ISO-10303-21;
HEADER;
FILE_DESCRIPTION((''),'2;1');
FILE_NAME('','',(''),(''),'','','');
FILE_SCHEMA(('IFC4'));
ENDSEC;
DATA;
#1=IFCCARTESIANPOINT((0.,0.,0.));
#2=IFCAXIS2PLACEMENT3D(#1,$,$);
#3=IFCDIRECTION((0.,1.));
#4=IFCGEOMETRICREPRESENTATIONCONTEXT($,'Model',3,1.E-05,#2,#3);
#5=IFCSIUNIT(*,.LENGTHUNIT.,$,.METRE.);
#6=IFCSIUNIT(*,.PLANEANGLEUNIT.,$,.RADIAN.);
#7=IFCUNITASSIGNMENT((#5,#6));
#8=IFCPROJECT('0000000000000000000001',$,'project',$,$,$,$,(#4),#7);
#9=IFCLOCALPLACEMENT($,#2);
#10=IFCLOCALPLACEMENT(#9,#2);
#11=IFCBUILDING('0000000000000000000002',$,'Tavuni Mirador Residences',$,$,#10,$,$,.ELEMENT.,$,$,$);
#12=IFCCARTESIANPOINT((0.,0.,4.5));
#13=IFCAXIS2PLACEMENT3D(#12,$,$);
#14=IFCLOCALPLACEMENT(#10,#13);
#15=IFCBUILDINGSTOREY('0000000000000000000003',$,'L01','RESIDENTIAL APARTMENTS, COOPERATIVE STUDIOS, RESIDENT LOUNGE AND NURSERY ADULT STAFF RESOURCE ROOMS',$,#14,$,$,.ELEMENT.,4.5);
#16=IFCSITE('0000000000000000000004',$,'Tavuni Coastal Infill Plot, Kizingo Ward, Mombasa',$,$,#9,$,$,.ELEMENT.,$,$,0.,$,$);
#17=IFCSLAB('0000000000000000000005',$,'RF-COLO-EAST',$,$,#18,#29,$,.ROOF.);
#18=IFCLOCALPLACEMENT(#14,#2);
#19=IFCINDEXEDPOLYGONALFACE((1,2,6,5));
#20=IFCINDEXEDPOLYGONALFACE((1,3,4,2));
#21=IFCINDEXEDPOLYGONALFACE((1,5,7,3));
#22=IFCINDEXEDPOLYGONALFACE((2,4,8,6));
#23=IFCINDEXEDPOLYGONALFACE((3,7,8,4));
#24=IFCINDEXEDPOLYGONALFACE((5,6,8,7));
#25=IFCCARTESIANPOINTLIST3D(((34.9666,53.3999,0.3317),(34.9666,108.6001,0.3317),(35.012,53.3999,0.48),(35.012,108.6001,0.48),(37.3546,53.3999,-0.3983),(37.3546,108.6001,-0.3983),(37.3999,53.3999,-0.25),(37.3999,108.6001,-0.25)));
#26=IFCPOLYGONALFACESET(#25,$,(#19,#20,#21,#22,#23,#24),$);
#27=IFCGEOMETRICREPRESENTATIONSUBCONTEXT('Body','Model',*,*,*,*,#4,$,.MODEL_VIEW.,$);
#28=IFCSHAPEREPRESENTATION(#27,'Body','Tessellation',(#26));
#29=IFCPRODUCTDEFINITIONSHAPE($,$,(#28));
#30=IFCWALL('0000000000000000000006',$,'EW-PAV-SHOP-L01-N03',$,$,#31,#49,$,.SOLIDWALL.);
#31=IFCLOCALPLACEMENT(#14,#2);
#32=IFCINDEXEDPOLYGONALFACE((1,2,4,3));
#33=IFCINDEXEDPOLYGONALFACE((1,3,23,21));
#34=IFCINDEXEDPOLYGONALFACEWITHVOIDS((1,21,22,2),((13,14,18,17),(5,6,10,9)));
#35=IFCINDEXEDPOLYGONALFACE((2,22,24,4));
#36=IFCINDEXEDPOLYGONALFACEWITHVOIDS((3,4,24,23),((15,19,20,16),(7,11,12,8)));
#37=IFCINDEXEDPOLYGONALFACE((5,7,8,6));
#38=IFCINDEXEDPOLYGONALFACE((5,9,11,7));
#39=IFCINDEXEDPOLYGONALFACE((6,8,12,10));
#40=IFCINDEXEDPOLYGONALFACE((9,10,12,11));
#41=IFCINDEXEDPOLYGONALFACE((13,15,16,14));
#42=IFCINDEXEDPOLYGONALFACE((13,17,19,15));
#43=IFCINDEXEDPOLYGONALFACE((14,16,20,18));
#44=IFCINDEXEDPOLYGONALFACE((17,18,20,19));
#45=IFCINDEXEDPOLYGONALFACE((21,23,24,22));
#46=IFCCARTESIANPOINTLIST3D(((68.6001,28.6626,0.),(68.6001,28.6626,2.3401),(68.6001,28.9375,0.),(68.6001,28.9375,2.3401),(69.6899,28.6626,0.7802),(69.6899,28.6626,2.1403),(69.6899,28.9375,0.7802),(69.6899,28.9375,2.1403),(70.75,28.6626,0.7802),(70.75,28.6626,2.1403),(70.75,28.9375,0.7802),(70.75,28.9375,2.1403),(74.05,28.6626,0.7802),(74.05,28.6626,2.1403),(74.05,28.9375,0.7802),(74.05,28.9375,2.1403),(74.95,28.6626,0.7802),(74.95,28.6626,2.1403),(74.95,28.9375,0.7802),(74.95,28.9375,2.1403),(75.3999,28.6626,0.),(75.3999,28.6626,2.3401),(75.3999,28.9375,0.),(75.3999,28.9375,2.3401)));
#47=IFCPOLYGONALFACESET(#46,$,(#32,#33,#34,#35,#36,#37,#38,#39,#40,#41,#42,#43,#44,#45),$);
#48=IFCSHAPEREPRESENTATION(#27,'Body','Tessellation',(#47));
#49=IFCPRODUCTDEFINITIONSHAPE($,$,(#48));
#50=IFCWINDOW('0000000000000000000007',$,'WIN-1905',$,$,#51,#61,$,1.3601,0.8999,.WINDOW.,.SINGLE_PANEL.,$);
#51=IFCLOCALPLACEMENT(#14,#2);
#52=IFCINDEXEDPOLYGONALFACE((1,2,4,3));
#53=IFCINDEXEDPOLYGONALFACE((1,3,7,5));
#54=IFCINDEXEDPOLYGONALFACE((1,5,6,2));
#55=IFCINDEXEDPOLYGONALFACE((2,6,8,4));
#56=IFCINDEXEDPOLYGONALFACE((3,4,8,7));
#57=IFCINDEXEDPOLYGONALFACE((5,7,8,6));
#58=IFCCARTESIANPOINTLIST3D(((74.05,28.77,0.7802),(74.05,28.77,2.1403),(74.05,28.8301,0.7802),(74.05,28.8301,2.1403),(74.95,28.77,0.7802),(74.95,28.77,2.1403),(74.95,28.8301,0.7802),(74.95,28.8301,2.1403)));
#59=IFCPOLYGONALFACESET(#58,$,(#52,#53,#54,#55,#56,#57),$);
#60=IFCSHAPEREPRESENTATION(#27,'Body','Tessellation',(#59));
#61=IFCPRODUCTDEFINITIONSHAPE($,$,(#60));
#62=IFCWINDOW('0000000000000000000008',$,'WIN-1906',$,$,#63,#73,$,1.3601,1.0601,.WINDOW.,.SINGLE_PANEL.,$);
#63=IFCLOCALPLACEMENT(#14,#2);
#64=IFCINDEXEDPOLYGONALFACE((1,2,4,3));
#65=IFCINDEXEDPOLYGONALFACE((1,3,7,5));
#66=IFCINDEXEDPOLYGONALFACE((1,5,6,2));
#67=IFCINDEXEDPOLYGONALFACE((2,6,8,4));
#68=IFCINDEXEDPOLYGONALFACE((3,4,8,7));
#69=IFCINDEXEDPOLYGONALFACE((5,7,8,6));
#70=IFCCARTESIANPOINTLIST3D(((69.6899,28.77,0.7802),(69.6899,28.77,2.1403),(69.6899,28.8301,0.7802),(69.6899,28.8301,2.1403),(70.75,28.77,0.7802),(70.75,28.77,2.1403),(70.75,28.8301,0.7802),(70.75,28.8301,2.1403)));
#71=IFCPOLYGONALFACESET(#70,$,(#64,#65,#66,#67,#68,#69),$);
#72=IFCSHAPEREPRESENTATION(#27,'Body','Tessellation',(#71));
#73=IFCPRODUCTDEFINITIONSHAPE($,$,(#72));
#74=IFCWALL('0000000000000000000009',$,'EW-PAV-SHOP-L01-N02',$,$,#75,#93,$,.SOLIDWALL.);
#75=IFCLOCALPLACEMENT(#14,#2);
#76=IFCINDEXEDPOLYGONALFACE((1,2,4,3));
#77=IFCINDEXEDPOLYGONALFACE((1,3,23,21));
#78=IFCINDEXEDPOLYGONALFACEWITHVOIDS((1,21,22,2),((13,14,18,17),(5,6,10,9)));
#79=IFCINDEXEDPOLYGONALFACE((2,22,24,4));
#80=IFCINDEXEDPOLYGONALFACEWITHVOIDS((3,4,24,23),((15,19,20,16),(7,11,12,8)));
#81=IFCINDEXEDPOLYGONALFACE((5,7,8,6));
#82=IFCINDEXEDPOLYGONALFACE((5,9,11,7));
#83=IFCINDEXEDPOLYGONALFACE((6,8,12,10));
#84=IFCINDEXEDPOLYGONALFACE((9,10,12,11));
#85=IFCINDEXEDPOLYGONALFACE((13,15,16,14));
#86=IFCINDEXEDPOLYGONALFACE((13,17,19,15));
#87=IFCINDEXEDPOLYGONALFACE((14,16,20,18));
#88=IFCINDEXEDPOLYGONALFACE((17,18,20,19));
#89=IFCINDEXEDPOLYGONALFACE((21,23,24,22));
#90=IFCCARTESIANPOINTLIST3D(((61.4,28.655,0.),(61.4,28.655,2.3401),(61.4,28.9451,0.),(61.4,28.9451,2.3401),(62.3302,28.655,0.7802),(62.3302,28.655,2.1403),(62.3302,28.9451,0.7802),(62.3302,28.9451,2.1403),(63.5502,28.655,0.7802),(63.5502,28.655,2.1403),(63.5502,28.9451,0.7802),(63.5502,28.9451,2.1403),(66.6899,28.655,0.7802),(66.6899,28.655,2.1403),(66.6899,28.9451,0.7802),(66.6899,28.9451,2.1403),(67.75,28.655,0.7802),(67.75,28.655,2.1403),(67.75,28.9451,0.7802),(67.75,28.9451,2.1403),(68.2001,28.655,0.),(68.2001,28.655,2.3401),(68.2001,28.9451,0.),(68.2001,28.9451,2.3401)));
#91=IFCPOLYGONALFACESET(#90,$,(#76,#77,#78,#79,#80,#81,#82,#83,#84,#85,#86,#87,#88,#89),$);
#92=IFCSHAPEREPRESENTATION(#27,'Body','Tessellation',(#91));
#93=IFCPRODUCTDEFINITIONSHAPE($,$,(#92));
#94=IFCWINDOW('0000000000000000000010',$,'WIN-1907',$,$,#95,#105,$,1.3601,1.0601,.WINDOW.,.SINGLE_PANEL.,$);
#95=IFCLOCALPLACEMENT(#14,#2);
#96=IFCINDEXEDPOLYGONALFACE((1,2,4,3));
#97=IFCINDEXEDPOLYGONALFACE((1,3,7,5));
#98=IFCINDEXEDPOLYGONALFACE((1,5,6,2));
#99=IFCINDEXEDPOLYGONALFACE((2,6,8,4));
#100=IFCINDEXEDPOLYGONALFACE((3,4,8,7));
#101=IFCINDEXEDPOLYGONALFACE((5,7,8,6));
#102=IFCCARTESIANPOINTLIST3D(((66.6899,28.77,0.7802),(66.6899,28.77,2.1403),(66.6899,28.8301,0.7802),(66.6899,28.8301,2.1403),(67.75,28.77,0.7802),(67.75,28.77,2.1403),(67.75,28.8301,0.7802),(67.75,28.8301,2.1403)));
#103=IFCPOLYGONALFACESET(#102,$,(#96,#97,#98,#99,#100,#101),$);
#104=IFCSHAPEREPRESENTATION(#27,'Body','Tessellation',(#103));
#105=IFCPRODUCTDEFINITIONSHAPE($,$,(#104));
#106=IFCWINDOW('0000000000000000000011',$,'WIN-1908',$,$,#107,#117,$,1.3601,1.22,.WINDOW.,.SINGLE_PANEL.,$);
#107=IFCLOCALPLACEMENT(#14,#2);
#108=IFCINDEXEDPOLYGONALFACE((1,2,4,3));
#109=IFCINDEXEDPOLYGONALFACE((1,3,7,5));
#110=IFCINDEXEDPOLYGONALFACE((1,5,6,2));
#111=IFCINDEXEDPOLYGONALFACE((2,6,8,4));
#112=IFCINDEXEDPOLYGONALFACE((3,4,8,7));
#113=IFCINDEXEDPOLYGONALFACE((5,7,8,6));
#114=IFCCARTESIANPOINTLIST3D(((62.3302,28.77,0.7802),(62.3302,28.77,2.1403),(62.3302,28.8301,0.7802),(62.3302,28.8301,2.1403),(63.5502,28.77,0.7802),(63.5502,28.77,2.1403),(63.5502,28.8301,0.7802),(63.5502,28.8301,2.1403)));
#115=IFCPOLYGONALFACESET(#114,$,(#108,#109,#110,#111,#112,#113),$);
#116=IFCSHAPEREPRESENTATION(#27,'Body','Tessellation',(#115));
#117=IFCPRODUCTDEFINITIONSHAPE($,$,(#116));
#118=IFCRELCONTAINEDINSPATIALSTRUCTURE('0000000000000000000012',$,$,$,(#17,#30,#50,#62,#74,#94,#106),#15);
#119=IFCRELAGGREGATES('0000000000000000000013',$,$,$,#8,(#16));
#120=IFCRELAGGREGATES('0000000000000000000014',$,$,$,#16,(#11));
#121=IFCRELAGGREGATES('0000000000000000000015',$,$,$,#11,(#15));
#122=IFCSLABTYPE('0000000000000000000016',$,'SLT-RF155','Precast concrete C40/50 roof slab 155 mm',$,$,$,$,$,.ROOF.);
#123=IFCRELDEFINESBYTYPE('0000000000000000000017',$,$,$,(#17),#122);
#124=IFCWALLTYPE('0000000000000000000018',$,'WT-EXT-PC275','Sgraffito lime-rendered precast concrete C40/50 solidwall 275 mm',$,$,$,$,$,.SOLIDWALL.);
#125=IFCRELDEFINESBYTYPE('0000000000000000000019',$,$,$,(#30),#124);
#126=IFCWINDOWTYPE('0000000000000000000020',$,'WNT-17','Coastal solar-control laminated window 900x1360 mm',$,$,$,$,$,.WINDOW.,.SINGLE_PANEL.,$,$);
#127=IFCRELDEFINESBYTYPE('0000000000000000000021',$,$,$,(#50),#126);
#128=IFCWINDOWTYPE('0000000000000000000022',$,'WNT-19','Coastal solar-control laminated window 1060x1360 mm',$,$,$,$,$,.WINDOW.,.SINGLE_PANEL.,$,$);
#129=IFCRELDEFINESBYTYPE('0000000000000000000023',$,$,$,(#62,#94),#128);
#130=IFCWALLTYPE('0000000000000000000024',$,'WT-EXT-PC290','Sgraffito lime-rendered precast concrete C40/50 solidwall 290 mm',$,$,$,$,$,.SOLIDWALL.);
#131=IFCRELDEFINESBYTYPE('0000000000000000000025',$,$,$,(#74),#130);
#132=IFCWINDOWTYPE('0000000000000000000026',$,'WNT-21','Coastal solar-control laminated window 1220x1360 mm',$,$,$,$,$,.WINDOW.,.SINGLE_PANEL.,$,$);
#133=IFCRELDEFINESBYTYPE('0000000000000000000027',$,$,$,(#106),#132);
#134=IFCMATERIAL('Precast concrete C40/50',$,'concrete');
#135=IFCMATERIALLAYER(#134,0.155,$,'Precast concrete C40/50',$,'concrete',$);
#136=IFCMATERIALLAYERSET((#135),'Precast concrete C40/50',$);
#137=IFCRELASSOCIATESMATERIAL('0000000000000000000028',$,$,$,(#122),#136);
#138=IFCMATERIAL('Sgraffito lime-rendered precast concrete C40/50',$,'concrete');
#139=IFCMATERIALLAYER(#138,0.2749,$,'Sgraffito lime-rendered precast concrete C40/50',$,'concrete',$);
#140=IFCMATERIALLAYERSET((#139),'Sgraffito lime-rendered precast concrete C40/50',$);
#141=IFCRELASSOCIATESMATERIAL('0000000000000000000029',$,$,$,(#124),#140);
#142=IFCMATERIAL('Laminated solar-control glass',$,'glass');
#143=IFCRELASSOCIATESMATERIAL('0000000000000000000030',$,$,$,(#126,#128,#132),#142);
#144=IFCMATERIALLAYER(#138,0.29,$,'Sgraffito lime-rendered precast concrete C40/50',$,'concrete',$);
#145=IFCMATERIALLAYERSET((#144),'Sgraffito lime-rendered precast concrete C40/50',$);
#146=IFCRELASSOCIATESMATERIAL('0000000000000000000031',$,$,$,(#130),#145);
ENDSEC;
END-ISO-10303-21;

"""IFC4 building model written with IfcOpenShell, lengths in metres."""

from ifc_helpers import new_model, si_unit, direction, frame, frame_2d, origin, place, context, subcontext, project, spatial, polyline, rectangle, outline, extrude, material, layer, layer_set, type_object, element, fill, save


model = new_model("IFC4")

# Units and contexts
model_context = context("Model", 3, precision=1e-05, world=origin(), true_north=direction((0.0, 1.0)))
body_context = subcontext(model_context, "Body", "Model", "MODEL_VIEW")
ifc_project = project(units=[si_unit("LENGTHUNIT", "METRE"), si_unit("PLANEANGLEUNIT", "RADIAN")], contexts=[model_context])

# Site, building, storey
site_placement = place(None, origin())
site = spatial("IfcSite", under=ifc_project, at=site_placement, Name="Tavuni Coastal Infill Plot, Kizingo Ward, Mombasa", CompositionType="ELEMENT", RefElevation=0.0)
building_placement = place(site_placement, origin())
building = spatial("IfcBuilding", under=site, at=building_placement, Name="Tavuni Mirador Residences", CompositionType="ELEMENT")
storey_placement = place(building_placement, frame((0.0, 0.0, 4.5)))
storey = spatial("IfcBuildingStorey", under=building, at=storey_placement, Name="L01", Description="RESIDENTIAL APARTMENTS, COOPERATIVE STUDIOS, RESIDENT LOUNGE AND NURSERY ADULT STAFF RESOURCE ROOMS", CompositionType="ELEMENT", Elevation=4.5)

# Shared definitions
ifc_material_1 = material(Name="Precast concrete C40/50", Category="concrete")

# Slab
ifc_layer_1 = layer(ifc_material_1, 0.155, Name="Precast concrete C40/50", Category="concrete")
ifc_layer_set_1 = layer_set([ifc_layer_1], Name="Precast concrete C40/50")
slab_type = type_object("IfcSlabType", Name="SLT-RF155", Description="Precast concrete C40/50 roof slab 155 mm", PredefinedType="ROOF", material=ifc_layer_set_1)
slab_placement = place(storey_placement, frame((35.012, 53.3999, 0.48), z_axis=(0.29234, 0.0, 0.956314), x_axis=(0.956314, 0.0, -0.29234)))
element("IfcSlab", 1, at=slab_placement, inside=storey, type_object=slab_type, Name="RF-COLO-EAST", PredefinedType="ROOF", context=body_context, shape_type="SweptSolid", body=[
    extrude(outline(polyline([(0.0, 0.0), (2.497, 0.0), (2.497, 55.2002), (0.0, 55.2002), (0.0, 0.0)])), origin(), (0.0, 0.0, -1.0), 0.155),
])

# Walls, openings, windows
ifc_material_2 = material(Name="Sgraffito lime-rendered precast concrete C40/50", Category="concrete")
ifc_layer_2 = layer(ifc_material_2, 0.2749, Name="Sgraffito lime-rendered precast concrete C40/50", Category="concrete")
ifc_layer_set_2 = layer_set([ifc_layer_2], Name="Sgraffito lime-rendered precast concrete C40/50")
wall_type_1 = type_object("IfcWallType", Name="WT-EXT-PC275", Description="Sgraffito lime-rendered precast concrete C40/50 solidwall 275 mm", PredefinedType="SOLIDWALL", material=ifc_layer_set_2)
wall_1_placement = place(storey_placement, frame((75.3999, 28.8, 0.0), z_axis=(0.0, 0.0, 1.0), x_axis=(-1.0, 0.0, 0.0)))
wall_1 = element("IfcWall", 2, at=wall_1_placement, inside=storey, type_object=wall_type_1, Name="EW-PAV-SHOP-L01-N03", PredefinedType="SOLIDWALL", context=body_context, shape_type="SweptSolid", body=[
    extrude(rectangle(XDim=6.7998, YDim=0.2749, at=frame_2d((3.3999, 0.0))), origin(), (0.0, 0.0, 1.0), 2.3401),
])
opening_1_placement = place(wall_1_placement, frame((0.45, 0.0, 0.78)))
opening_1 = element("IfcOpeningElement", 3, at=opening_1_placement, cuts=wall_1, PredefinedType="OPENING", context=body_context, shape_type="SweptSolid", body=[
    extrude(rectangle(XDim=0.8999, YDim=1.3601, at=frame_2d((0.45, 0.6802))), frame((0.0, 0.1475, 0.0), z_axis=(0.0, -1.0, 0.0), x_axis=(1.0, 0.0, 0.0)), (0.0, 0.0, 1.0), 0.2949),
])
opening_2_placement = place(wall_1_placement, frame((4.6499, 0.0, 0.78)))
opening_2 = element("IfcOpeningElement", 4, at=opening_2_placement, cuts=wall_1, PredefinedType="OPENING", context=body_context, shape_type="SweptSolid", body=[
    extrude(rectangle(XDim=1.0601, YDim=1.3601, at=frame_2d((0.53, 0.6802))), frame((0.0, 0.1475, 0.0), z_axis=(0.0, -1.0, 0.0), x_axis=(1.0, 0.0, 0.0)), (0.0, 0.0, 1.0), 0.2949),
])
ifc_material_3 = material(Name="Laminated solar-control glass", Category="glass")
window_type_1 = type_object("IfcWindowType", Name="WNT-17", Description="Coastal solar-control laminated window 900x1360 mm", PartitioningType="SINGLE_PANEL", PredefinedType="WINDOW", material=ifc_material_3)
window_1_placement = place(opening_1_placement, origin())
window_1 = element("IfcWindow", 5, at=window_1_placement, inside=storey, type_object=window_type_1, Name="WIN-1905", OverallHeight=1.3601, OverallWidth=0.8999, PartitioningType="SINGLE_PANEL", PredefinedType="WINDOW", context=body_context, shape_type="SweptSolid", body=[
    extrude(rectangle(XDim=0.8999, YDim=1.3601, at=frame_2d((0.45, 0.6802))), frame((0.0, 0.03, 0.0), z_axis=(0.0, -1.0, 0.0), x_axis=(1.0, 0.0, 0.0)), (0.0, 0.0, 1.0), 0.0601),
])
fill(opening_1, window_1)
window_type_2 = type_object("IfcWindowType", Name="WNT-19", Description="Coastal solar-control laminated window 1060x1360 mm", PartitioningType="SINGLE_PANEL", PredefinedType="WINDOW", material=ifc_material_3)
window_2_placement = place(opening_2_placement, origin())
window_2 = element("IfcWindow", 6, at=window_2_placement, inside=storey, type_object=window_type_2, Name="WIN-1906", OverallHeight=1.3601, OverallWidth=1.0601, PartitioningType="SINGLE_PANEL", PredefinedType="WINDOW", context=body_context, shape_type="SweptSolid", body=[
    extrude(rectangle(XDim=1.0601, YDim=1.3601, at=frame_2d((0.53, 0.6802))), frame((0.0, 0.03, 0.0), z_axis=(0.0, -1.0, 0.0), x_axis=(1.0, 0.0, 0.0)), (0.0, 0.0, 1.0), 0.0601),
])
fill(opening_2, window_2)
ifc_layer_3 = layer(ifc_material_2, 0.29, Name="Sgraffito lime-rendered precast concrete C40/50", Category="concrete")
ifc_layer_set_3 = layer_set([ifc_layer_3], Name="Sgraffito lime-rendered precast concrete C40/50")
wall_type_2 = type_object("IfcWallType", Name="WT-EXT-PC290", Description="Sgraffito lime-rendered precast concrete C40/50 solidwall 290 mm", PredefinedType="SOLIDWALL", material=ifc_layer_set_3)
wall_2_placement = place(storey_placement, frame((68.2, 28.8, 0.0), z_axis=(0.0, 0.0, 1.0), x_axis=(-1.0, 0.0, 0.0)))
wall_2 = element("IfcWall", 7, at=wall_2_placement, inside=storey, type_object=wall_type_2, Name="EW-PAV-SHOP-L01-N02", PredefinedType="SOLIDWALL", context=body_context, shape_type="SweptSolid", body=[
    extrude(rectangle(XDim=6.8, YDim=0.29, at=frame_2d((3.3999, 0.0))), origin(), (0.0, 0.0, 1.0), 2.3401),
])
opening_3_placement = place(wall_2_placement, frame((0.45, 0.0, 0.78)))
opening_3 = element("IfcOpeningElement", 8, at=opening_3_placement, cuts=wall_2, PredefinedType="OPENING", context=body_context, shape_type="SweptSolid", body=[
    extrude(rectangle(XDim=1.0601, YDim=1.3601, at=frame_2d((0.53, 0.6802))), frame((0.0, 0.155, 0.0), z_axis=(0.0, -1.0, 0.0), x_axis=(1.0, 0.0, 0.0)), (0.0, 0.0, 1.0), 0.3101),
])
opening_4_placement = place(wall_2_placement, frame((4.6499, 0.0, 0.78)))
opening_4 = element("IfcOpeningElement", 9, at=opening_4_placement, cuts=wall_2, PredefinedType="OPENING", context=body_context, shape_type="SweptSolid", body=[
    extrude(rectangle(XDim=1.22, YDim=1.3601, at=frame_2d((0.6099, 0.6802))), frame((0.0, 0.155, 0.0), z_axis=(0.0, -1.0, 0.0), x_axis=(1.0, 0.0, 0.0)), (0.0, 0.0, 1.0), 0.3101),
])
window_3_placement = place(opening_3_placement, origin())
window_3 = element("IfcWindow", 10, at=window_3_placement, inside=storey, type_object=window_type_2, Name="WIN-1907", OverallHeight=1.3601, OverallWidth=1.0601, PartitioningType="SINGLE_PANEL", PredefinedType="WINDOW", context=body_context, shape_type="SweptSolid", body=[
    extrude(rectangle(XDim=1.0601, YDim=1.3601, at=frame_2d((0.53, 0.6802))), frame((0.0, 0.03, 0.0), z_axis=(0.0, -1.0, 0.0), x_axis=(1.0, 0.0, 0.0)), (0.0, 0.0, 1.0), 0.0601),
])
fill(opening_3, window_3)
window_type_3 = type_object("IfcWindowType", Name="WNT-21", Description="Coastal solar-control laminated window 1220x1360 mm", PartitioningType="SINGLE_PANEL", PredefinedType="WINDOW", material=ifc_material_3)
window_4_placement = place(opening_4_placement, origin())
window_4 = element("IfcWindow", 11, at=window_4_placement, inside=storey, type_object=window_type_3, Name="WIN-1908", OverallHeight=1.3601, OverallWidth=1.22, PartitioningType="SINGLE_PANEL", PredefinedType="WINDOW", context=body_context, shape_type="SweptSolid", body=[
    extrude(rectangle(XDim=1.22, YDim=1.3601, at=frame_2d((0.6099, 0.6802))), frame((0.0, 0.03, 0.0), z_axis=(0.0, -1.0, 0.0), x_axis=(1.0, 0.0, 0.0)), (0.0, 0.0, 1.0), 0.0601),
])
fill(opening_4, window_4)

save(model, "model.ifc")
